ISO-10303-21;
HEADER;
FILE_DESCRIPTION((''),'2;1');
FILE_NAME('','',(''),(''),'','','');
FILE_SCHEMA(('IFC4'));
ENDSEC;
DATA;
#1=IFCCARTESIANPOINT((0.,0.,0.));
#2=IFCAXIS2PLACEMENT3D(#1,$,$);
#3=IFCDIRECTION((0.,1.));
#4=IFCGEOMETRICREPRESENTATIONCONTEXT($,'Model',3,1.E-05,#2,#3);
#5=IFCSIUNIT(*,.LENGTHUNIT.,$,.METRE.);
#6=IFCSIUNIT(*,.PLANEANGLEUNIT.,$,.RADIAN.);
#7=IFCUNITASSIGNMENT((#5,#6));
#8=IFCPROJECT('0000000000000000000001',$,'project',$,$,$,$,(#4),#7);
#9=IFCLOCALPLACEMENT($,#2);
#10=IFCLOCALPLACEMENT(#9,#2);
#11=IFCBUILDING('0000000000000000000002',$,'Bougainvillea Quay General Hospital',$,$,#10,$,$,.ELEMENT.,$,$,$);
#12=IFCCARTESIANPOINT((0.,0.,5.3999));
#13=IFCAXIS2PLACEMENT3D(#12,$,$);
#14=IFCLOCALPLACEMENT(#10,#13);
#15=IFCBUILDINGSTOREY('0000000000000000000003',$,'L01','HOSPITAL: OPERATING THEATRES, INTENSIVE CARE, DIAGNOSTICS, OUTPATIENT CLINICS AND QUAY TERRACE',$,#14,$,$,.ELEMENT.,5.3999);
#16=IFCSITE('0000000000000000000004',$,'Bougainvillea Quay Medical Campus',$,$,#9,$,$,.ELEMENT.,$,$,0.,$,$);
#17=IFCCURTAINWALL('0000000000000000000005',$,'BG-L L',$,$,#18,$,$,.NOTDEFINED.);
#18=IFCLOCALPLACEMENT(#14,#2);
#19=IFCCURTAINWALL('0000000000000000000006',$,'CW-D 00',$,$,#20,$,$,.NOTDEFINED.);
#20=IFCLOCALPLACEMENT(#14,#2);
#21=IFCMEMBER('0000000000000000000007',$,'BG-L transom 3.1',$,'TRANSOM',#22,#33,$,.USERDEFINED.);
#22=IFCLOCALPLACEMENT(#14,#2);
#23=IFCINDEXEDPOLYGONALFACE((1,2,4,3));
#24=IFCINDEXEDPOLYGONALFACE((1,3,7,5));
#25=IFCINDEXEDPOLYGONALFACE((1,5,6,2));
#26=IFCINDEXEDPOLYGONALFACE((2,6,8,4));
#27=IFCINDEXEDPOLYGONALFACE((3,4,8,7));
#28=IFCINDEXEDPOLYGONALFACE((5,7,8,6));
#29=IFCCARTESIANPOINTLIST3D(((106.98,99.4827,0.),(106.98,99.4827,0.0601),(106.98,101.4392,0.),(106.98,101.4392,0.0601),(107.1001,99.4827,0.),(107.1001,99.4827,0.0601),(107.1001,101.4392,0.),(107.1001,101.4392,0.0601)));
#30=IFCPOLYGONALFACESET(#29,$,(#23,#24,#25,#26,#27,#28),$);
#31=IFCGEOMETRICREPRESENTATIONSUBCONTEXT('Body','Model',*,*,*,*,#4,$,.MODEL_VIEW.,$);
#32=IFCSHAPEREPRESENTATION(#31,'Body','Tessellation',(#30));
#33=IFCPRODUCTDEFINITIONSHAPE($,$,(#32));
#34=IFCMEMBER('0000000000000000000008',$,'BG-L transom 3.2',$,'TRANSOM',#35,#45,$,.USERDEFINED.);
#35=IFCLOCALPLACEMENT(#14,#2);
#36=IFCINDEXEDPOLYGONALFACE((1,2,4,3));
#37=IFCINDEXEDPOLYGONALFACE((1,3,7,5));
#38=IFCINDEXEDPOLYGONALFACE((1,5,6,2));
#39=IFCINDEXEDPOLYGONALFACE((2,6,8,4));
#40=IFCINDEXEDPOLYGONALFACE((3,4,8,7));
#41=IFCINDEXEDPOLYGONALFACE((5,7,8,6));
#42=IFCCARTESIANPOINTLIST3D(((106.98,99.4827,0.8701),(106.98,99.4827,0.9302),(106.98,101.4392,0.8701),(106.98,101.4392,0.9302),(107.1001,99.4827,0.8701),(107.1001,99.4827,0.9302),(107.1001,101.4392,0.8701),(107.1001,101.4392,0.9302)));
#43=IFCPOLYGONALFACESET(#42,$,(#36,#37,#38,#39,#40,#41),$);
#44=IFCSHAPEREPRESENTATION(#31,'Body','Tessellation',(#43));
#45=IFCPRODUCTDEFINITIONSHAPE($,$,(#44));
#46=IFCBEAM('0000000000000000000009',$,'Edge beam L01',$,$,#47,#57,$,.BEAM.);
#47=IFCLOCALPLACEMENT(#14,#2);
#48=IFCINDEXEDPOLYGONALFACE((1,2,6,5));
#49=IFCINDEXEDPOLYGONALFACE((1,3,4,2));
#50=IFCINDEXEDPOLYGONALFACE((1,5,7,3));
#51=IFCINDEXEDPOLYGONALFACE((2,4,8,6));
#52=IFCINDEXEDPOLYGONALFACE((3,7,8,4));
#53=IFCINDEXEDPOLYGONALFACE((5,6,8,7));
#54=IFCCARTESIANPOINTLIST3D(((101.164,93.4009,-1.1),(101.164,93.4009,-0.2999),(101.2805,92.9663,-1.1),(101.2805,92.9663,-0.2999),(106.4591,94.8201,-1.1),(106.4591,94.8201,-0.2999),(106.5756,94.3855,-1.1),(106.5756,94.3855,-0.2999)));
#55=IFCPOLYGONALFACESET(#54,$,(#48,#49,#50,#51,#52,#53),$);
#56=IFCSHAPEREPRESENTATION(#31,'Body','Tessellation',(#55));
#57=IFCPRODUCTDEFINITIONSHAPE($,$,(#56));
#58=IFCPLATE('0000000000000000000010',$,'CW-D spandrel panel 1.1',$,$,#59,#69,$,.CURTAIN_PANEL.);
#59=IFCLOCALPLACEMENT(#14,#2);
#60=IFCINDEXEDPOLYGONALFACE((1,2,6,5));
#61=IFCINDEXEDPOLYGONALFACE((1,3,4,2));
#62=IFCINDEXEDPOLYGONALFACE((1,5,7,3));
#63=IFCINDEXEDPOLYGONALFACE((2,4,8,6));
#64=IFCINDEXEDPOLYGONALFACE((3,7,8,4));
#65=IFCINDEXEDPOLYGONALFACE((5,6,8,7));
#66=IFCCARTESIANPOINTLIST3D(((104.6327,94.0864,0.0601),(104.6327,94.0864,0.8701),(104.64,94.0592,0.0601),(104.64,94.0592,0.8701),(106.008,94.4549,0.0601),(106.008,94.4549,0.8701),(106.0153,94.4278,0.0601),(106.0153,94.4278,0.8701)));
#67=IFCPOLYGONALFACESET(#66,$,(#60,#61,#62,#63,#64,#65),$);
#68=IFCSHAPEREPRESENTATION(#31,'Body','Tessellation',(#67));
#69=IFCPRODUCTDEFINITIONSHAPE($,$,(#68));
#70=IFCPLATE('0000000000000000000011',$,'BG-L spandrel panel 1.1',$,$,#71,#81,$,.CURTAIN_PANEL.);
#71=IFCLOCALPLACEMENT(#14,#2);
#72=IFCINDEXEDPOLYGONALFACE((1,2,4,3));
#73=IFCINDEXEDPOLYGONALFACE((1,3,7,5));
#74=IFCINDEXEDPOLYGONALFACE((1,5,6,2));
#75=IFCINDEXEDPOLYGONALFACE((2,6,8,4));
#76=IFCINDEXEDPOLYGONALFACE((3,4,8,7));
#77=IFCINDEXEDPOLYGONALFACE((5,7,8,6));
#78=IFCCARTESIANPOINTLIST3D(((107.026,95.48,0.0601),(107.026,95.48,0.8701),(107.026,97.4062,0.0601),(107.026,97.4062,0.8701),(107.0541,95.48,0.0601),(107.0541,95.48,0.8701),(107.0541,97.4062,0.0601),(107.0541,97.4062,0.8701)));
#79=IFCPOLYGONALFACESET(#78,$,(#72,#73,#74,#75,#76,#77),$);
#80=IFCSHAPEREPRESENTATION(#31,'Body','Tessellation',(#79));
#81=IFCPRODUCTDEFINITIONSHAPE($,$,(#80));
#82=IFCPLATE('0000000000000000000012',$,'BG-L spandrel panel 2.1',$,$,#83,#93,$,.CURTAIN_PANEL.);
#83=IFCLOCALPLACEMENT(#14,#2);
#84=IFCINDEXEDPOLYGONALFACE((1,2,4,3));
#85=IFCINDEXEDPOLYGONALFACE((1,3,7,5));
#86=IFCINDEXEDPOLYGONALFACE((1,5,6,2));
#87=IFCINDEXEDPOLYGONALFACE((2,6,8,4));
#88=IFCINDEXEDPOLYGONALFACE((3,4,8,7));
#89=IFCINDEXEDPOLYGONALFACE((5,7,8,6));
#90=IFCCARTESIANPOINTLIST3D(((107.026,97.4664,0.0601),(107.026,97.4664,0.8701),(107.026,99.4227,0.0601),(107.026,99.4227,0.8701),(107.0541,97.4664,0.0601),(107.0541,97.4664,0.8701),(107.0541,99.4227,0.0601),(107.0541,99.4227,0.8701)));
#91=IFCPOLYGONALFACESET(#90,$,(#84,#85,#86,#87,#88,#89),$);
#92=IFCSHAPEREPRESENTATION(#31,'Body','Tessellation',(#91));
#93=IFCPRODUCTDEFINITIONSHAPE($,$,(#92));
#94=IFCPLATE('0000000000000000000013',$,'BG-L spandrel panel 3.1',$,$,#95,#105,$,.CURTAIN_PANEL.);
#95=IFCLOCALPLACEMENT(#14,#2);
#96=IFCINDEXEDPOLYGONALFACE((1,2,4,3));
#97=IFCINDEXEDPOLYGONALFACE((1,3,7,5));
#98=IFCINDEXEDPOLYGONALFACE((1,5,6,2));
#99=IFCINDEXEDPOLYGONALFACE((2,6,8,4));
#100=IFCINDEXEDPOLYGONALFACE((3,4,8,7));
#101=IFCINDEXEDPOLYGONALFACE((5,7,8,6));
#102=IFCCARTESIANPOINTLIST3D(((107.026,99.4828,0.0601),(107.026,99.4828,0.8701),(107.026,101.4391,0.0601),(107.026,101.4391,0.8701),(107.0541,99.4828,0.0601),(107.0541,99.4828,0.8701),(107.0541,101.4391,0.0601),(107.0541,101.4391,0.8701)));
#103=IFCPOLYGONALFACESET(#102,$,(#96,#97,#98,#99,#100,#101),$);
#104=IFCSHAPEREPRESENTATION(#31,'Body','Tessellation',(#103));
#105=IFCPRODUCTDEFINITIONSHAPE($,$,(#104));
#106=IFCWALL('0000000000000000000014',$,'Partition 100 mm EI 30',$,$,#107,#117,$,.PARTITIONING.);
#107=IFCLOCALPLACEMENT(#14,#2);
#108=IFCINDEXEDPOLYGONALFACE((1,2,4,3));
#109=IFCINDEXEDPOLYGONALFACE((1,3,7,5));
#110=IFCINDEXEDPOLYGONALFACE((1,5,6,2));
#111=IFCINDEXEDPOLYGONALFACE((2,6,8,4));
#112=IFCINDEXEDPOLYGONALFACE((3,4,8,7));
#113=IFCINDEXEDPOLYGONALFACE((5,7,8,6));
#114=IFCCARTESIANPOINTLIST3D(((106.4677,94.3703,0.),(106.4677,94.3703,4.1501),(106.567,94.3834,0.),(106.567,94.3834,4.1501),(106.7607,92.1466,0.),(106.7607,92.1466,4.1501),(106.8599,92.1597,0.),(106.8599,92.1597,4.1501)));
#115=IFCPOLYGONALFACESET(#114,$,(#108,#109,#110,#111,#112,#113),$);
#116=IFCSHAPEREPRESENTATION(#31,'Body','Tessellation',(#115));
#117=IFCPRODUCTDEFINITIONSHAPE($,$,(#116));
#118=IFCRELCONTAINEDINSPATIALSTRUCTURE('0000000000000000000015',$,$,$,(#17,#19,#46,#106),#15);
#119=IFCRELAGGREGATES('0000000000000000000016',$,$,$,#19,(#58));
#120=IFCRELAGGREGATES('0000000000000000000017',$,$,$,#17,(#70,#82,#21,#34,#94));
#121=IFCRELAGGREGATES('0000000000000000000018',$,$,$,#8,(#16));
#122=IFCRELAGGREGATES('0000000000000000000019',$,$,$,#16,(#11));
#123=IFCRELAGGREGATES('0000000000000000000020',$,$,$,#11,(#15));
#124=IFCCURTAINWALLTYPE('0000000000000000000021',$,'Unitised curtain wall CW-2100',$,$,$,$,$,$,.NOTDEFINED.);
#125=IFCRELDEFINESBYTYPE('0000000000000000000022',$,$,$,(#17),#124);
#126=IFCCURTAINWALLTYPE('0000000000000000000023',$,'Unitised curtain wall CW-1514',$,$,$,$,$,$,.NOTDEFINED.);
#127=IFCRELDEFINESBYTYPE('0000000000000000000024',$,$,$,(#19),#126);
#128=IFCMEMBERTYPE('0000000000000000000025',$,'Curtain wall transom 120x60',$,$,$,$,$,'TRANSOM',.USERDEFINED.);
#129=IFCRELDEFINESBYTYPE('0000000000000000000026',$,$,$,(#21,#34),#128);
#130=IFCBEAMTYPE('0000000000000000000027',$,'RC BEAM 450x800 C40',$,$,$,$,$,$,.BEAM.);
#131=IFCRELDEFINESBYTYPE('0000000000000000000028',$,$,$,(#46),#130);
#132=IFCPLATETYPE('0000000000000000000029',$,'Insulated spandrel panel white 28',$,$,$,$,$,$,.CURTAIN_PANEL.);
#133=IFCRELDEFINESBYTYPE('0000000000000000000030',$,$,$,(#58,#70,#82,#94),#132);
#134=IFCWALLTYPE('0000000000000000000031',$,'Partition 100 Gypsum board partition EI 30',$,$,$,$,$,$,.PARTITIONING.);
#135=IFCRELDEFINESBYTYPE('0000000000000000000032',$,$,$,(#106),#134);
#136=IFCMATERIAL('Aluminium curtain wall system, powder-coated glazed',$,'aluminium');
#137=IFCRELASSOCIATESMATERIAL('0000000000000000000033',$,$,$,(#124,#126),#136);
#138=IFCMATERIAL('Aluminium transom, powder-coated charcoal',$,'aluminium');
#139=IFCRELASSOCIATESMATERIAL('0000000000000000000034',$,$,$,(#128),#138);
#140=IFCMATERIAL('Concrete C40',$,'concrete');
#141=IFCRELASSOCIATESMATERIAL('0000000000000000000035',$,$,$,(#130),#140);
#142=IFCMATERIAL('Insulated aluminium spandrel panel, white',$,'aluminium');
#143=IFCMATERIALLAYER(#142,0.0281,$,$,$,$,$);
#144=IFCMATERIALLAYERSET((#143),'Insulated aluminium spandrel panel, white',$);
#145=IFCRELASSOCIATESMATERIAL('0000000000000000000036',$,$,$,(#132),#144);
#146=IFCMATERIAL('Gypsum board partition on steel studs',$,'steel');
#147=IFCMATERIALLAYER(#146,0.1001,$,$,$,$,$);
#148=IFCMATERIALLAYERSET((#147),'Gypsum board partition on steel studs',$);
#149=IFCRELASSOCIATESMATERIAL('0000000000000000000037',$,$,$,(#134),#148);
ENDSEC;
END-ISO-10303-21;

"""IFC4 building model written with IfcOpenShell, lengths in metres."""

from ifc_helpers import new_model, si_unit, direction, frame, frame_2d, origin, origin_2d, place, context, subcontext, project, spatial, rectangle, extrude, material, layer, layer_set, material_profile, profile_set, type_object, element, aggregate, save


model = new_model("IFC4")

# Units and contexts
model_context = context("Model", 3, precision=1e-05, world=origin(), true_north=direction((0.0, 1.0)))
body_context = subcontext(model_context, "Body", "Model", "MODEL_VIEW")
ifc_project = project(units=[si_unit("LENGTHUNIT", "METRE"), si_unit("PLANEANGLEUNIT", "RADIAN")], contexts=[model_context])

# Site, building, storey
site_placement = place(None, origin())
site = spatial("IfcSite", under=ifc_project, at=site_placement, Name="Bougainvillea Quay Medical Campus", CompositionType="ELEMENT", RefElevation=0.0)
building_placement = place(site_placement, origin())
building = spatial("IfcBuilding", under=site, at=building_placement, Name="Bougainvillea Quay General Hospital", CompositionType="ELEMENT")
storey_placement = place(building_placement, frame((0.0, 0.0, 5.3999)))
storey = spatial("IfcBuildingStorey", under=building, at=storey_placement, Name="L01", Description="HOSPITAL: OPERATING THEATRES, INTENSIVE CARE, DIAGNOSTICS, OUTPATIENT CLINICS AND QUAY TERRACE", CompositionType="ELEMENT", Elevation=5.3999)

# Curtain walls
ifc_material_1 = material(Name="Aluminium curtain wall system, powder-coated glazed", Category="aluminium")
curtain_wall_type_1 = type_object("IfcCurtainWallType", Name="Unitised curtain wall CW-2100", PredefinedType="NOTDEFINED", material=ifc_material_1)
curtain_wall_1_placement = place(storey_placement, origin())
curtain_wall_1 = element("IfcCurtainWall", 1, at=curtain_wall_1_placement, inside=storey, type_object=curtain_wall_type_1, Name="BG-L L", PredefinedType="NOTDEFINED")
curtain_wall_type_2 = type_object("IfcCurtainWallType", Name="Unitised curtain wall CW-1514", PredefinedType="NOTDEFINED", material=ifc_material_1)
curtain_wall_2_placement = place(storey_placement, origin())
curtain_wall_2 = element("IfcCurtainWall", 2, at=curtain_wall_2_placement, inside=storey, type_object=curtain_wall_type_2, Name="CW-D 00", PredefinedType="NOTDEFINED")
ifc_material_2 = material(Name="Aluminium transom, powder-coated charcoal", Category="aluminium")
ifc_material_profile_1 = material_profile(ifc_material_2, rectangle(XDim=0.1201, YDim=0.0601, at=origin_2d()))
ifc_profile_set_1 = profile_set([ifc_material_profile_1], Name="Aluminium transom, powder-coated charcoal")
member_type_1 = type_object("IfcMemberType", Name="Curtain wall transom 120x60", ElementType="TRANSOM", PredefinedType="USERDEFINED", material=ifc_profile_set_1)

# Members
member_1_placement = place(storey_placement, frame((107.04, 99.4827, 0.03), z_axis=(0.0, 1.0, 0.0), x_axis=(-1.0, 0.0, 0.0)))
member_1 = element("IfcMember", 3, at=member_1_placement, type_object=member_type_1, Name="BG-L transom 3.1", ObjectType="TRANSOM", PredefinedType="USERDEFINED", context=body_context, shape_type="SweptSolid", body=[
    extrude(rectangle(XDim=0.1201, YDim=0.0601, at=origin_2d()), origin(), (0.0, 0.0, 1.0), 1.9565),
])
member_2_placement = place(storey_placement, frame((107.04, 99.4827, 0.9001), z_axis=(0.0, 1.0, 0.0), x_axis=(-1.0, 0.0, 0.0)))
member_2 = element("IfcMember", 4, at=member_2_placement, type_object=member_type_1, Name="BG-L transom 3.2", ObjectType="TRANSOM", PredefinedType="USERDEFINED", context=body_context, shape_type="SweptSolid", body=[
    extrude(rectangle(XDim=0.1201, YDim=0.0601, at=origin_2d()), origin(), (0.0, 0.0, 1.0), 1.9565),
])

# Beam
ifc_material_3 = material(Name="Concrete C40", Category="concrete")
ifc_material_profile_2 = material_profile(ifc_material_3, rectangle(XDim=0.45, YDim=0.8, at=origin_2d()))
ifc_profile_set_2 = profile_set([ifc_material_profile_2], Name="Concrete C40")
beam_type = type_object("IfcBeamType", Name="RC BEAM 450x800 C40", PredefinedType="BEAM", material=ifc_profile_set_2)
beam_placement = place(storey_placement, frame((106.5173, 94.6028, -0.7), z_axis=(-0.96591, -0.258879, 0.0), x_axis=(0.258879, -0.96591, 0.0)))
element("IfcBeam", 5, at=beam_placement, inside=storey, type_object=beam_type, Name="Edge beam L01", PredefinedType="BEAM", context=body_context, shape_type="SweptSolid", body=[
    extrude(rectangle(XDim=0.45, YDim=0.8, at=origin_2d()), origin(), (0.0, 0.0, 1.0), 5.4819),
])

# Plates
ifc_material_4 = material(Name="Insulated aluminium spandrel panel, white", Category="aluminium")
ifc_layer_1 = layer(ifc_material_4, 0.0281)
ifc_layer_set_1 = layer_set([ifc_layer_1], Name="Insulated aluminium spandrel panel, white")
plate_type = type_object("IfcPlateType", Name="Insulated spandrel panel white 28", PredefinedType="CURTAIN_PANEL", material=ifc_layer_set_1)
plate_1_placement = place(storey_placement, frame((105.324, 94.2571, 0.0601), z_axis=(0.0, 0.0, 1.0), x_axis=(-0.965916, -0.258855, 0.0)))
plate_1 = element("IfcPlate", 6, at=plate_1_placement, type_object=plate_type, Name="CW-D spandrel panel 1.1", PredefinedType="CURTAIN_PANEL", context=body_context, shape_type="SweptSolid", body=[
    extrude(rectangle(XDim=1.4238, YDim=0.0281, at=origin_2d()), origin(), (0.0, 0.0, 1.0), 0.8101),
])
aggregate(curtain_wall_2, [plate_1])
plate_2_placement = place(storey_placement, frame((107.04, 96.4431, 0.0601), z_axis=(0.0, 0.0, 1.0), x_axis=(0.0, 1.0, 0.0)))
plate_2 = element("IfcPlate", 7, at=plate_2_placement, type_object=plate_type, Name="BG-L spandrel panel 1.1", PredefinedType="CURTAIN_PANEL", context=body_context, shape_type="SweptSolid", body=[
    extrude(rectangle(XDim=1.9263, YDim=0.0281, at=origin_2d()), origin(), (0.0, 0.0, 1.0), 0.8101),
])
plate_3_placement = place(storey_placement, frame((107.04, 98.4446, 0.0601), z_axis=(0.0, 0.0, 1.0), x_axis=(0.0, 1.0, 0.0)))
plate_3 = element("IfcPlate", 8, at=plate_3_placement, type_object=plate_type, Name="BG-L spandrel panel 2.1", PredefinedType="CURTAIN_PANEL", context=body_context, shape_type="SweptSolid", body=[
    extrude(rectangle(XDim=1.9563, YDim=0.0281, at=origin_2d()), origin(), (0.0, 0.0, 1.0), 0.8101),
])
plate_4_placement = place(storey_placement, frame((107.04, 100.4609, 0.0601), z_axis=(0.0, 0.0, 1.0), x_axis=(0.0, 1.0, 0.0)))
plate_4 = element("IfcPlate", 9, at=plate_4_placement, type_object=plate_type, Name="BG-L spandrel panel 3.1", PredefinedType="CURTAIN_PANEL", context=body_context, shape_type="SweptSolid", body=[
    extrude(rectangle(XDim=1.9563, YDim=0.0281, at=origin_2d()), origin(), (0.0, 0.0, 1.0), 0.8101),
])
aggregate(curtain_wall_1, [plate_2, plate_3, member_1, member_2, plate_4])

# Wall
ifc_material_5 = material(Name="Gypsum board partition on steel studs", Category="steel")
ifc_layer_2 = layer(ifc_material_5, 0.1001)
ifc_layer_set_2 = layer_set([ifc_layer_2], Name="Gypsum board partition on steel studs")
wall_type = type_object("IfcWallType", Name="Partition 100 Gypsum board partition EI 30", PredefinedType="PARTITIONING", material=ifc_layer_set_2)
wall_placement = place(storey_placement, frame((106.5173, 94.377, 0.0), z_axis=(0.0, 0.0, 1.0), x_axis=(0.130623, -0.991432, 0.0)))
element("IfcWall", 10, at=wall_placement, inside=storey, type_object=wall_type, Name="Partition 100 mm EI 30", PredefinedType="PARTITIONING", context=body_context, shape_type="SweptSolid", body=[
    extrude(rectangle(XDim=2.2429, YDim=0.1001, at=frame_2d((1.1216, 0.0))), origin(), (0.0, 0.0, 1.0), 4.1501),
])

save(model, "model.ifc")
